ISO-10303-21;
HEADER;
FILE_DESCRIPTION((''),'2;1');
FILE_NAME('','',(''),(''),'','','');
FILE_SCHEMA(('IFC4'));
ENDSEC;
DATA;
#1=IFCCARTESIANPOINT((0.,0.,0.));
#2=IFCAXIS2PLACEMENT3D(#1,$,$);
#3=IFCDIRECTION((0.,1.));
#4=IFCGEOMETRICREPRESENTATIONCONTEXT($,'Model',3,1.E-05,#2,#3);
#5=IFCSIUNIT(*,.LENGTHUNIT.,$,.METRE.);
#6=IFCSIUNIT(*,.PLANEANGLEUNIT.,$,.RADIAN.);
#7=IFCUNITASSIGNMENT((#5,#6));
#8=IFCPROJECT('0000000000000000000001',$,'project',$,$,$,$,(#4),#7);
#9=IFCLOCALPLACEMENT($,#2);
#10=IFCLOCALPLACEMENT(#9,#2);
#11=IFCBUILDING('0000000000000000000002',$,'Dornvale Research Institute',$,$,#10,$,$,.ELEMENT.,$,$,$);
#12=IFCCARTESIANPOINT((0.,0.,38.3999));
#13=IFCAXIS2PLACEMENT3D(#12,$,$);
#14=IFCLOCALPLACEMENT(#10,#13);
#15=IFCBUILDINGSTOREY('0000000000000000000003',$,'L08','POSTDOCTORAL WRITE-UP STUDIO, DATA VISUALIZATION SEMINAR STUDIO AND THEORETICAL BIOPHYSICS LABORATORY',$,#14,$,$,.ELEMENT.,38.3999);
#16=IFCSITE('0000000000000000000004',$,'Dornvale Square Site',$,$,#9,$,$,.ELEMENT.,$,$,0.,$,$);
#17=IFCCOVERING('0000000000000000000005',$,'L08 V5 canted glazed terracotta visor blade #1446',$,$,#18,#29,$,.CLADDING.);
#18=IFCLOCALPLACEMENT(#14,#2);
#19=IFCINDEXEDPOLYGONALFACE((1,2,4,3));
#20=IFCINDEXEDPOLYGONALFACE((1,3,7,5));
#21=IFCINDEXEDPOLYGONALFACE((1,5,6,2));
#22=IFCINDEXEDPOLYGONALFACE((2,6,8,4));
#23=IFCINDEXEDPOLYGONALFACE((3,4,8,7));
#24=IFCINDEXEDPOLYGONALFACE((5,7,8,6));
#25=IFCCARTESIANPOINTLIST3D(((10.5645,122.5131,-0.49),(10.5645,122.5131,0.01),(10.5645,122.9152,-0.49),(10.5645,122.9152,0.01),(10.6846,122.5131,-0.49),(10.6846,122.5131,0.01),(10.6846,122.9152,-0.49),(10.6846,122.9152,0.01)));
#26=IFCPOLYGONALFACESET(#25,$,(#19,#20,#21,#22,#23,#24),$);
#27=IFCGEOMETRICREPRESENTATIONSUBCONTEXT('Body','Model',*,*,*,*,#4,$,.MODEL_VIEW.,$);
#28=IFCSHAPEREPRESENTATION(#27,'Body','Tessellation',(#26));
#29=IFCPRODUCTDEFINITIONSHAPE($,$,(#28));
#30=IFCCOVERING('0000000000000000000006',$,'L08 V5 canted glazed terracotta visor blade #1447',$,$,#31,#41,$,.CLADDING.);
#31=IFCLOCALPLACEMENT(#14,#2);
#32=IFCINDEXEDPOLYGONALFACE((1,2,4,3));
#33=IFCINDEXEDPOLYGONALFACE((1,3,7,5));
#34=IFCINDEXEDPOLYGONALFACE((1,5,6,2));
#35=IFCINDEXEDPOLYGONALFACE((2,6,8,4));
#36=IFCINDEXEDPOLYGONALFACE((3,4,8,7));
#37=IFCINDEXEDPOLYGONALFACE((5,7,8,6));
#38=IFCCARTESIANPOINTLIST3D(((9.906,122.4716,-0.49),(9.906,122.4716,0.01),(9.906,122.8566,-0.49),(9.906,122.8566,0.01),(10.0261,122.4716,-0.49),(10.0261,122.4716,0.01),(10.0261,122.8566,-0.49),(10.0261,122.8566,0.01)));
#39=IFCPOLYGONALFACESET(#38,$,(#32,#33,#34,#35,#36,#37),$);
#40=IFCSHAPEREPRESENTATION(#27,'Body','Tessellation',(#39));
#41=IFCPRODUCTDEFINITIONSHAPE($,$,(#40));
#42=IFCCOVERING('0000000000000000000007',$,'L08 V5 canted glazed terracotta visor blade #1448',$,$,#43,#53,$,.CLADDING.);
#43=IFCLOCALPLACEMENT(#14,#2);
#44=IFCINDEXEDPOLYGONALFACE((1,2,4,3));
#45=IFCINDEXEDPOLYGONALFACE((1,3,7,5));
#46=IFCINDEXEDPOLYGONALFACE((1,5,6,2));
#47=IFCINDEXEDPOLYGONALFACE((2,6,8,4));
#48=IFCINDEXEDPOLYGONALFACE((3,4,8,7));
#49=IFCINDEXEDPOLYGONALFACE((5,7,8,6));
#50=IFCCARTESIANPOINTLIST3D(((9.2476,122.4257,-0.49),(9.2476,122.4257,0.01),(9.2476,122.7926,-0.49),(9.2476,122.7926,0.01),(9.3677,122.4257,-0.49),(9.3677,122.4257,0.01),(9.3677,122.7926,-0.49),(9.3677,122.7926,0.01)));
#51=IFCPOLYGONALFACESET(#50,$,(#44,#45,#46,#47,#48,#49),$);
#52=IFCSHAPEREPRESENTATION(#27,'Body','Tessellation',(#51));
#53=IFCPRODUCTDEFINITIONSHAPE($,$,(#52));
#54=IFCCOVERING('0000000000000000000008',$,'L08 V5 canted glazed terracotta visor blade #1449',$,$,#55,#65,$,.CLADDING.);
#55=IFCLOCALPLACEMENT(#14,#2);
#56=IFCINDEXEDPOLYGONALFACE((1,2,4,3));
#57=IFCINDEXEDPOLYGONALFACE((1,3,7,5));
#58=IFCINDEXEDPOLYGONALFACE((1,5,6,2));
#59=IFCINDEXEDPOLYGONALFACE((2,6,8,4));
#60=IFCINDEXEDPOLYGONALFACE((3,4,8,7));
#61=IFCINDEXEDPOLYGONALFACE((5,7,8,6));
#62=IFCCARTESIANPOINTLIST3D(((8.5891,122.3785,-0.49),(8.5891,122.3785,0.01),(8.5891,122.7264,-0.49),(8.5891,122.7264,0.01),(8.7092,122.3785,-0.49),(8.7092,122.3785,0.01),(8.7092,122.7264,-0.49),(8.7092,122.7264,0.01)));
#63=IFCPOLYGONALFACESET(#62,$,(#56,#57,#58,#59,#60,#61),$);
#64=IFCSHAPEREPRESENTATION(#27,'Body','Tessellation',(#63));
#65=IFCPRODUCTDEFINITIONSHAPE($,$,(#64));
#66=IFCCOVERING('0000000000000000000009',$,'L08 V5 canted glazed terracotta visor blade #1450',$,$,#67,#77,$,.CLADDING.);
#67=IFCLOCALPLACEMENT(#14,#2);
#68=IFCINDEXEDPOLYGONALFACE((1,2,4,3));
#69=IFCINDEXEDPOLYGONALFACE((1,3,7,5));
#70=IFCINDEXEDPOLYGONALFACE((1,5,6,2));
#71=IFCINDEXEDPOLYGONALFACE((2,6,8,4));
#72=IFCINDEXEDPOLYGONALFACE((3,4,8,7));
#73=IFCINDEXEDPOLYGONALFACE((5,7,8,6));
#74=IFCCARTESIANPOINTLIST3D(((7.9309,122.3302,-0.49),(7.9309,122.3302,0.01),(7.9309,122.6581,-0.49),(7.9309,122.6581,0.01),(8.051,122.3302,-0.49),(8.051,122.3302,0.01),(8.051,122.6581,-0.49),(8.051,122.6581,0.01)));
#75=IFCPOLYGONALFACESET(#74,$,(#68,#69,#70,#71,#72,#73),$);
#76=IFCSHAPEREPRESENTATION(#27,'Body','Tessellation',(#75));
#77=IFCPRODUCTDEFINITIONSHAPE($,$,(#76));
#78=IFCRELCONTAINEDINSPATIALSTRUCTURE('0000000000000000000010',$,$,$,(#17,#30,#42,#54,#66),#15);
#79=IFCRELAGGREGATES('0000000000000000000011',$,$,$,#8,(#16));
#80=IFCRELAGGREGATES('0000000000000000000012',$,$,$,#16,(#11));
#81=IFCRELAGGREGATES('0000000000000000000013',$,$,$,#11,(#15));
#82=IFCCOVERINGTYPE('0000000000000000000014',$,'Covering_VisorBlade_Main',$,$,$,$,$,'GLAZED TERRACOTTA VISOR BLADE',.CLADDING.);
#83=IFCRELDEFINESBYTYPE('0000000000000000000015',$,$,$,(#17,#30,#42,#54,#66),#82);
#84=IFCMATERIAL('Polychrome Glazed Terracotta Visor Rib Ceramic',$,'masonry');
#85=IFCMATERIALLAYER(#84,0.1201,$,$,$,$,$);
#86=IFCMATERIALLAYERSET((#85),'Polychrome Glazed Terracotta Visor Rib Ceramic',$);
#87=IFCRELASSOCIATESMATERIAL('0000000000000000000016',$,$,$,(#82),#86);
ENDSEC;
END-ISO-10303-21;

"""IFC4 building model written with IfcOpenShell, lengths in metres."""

from ifc_helpers import new_model, si_unit, direction, frame, origin, origin_2d, place, context, subcontext, project, spatial, rectangle, extrude, material, layer, layer_set, type_object, element, save


model = new_model("IFC4")

# Units and contexts
model_context = context("Model", 3, precision=1e-05, world=origin(), true_north=direction((0.0, 1.0)))
body_context = subcontext(model_context, "Body", "Model", "MODEL_VIEW")
ifc_project = project(units=[si_unit("LENGTHUNIT", "METRE"), si_unit("PLANEANGLEUNIT", "RADIAN")], contexts=[model_context])

# Site, building, storey
site_placement = place(None, origin())
site = spatial("IfcSite", under=ifc_project, at=site_placement, Name="Dornvale Square Site", CompositionType="ELEMENT", RefElevation=0.0)
building_placement = place(site_placement, origin())
building = spatial("IfcBuilding", under=site, at=building_placement, Name="Dornvale Research Institute", CompositionType="ELEMENT")
storey_placement = place(building_placement, frame((0.0, 0.0, 38.3999)))
storey = spatial("IfcBuildingStorey", under=building, at=storey_placement, Name="L08", Description="POSTDOCTORAL WRITE-UP STUDIO, DATA VISUALIZATION SEMINAR STUDIO AND THEORETICAL BIOPHYSICS LABORATORY", CompositionType="ELEMENT", Elevation=38.3999)

# Coverings
ifc_material_1 = material(Name="Polychrome Glazed Terracotta Visor Rib Ceramic", Category="masonry")
ifc_layer = layer(ifc_material_1, 0.1201)
ifc_layer_set = layer_set([ifc_layer], Name="Polychrome Glazed Terracotta Visor Rib Ceramic")
covering_type = type_object("IfcCoveringType", Name="Covering_VisorBlade_Main", ElementType="GLAZED TERRACOTTA VISOR BLADE", PredefinedType="CLADDING", material=ifc_layer_set)
covering_1_placement = place(storey_placement, frame((10.6245, 122.7141, -0.49), z_axis=(0.0, 0.0, 1.0), x_axis=(0.0, 1.0, 0.0)))
element("IfcCovering", 1, at=covering_1_placement, inside=storey, type_object=covering_type, Name="L08 V5 canted glazed terracotta visor blade #1446", PredefinedType="CLADDING", context=body_context, shape_type="SweptSolid", body=[
    extrude(rectangle(XDim=0.4021, YDim=0.1201, at=origin_2d()), origin(), (0.0, 0.0, 1.0), 0.5),
])
covering_2_placement = place(storey_placement, frame((9.9661, 122.6641, -0.49), z_axis=(0.0, 0.0, 1.0), x_axis=(0.0, 1.0, 0.0)))
element("IfcCovering", 2, at=covering_2_placement, inside=storey, type_object=covering_type, Name="L08 V5 canted glazed terracotta visor blade #1447", PredefinedType="CLADDING", context=body_context, shape_type="SweptSolid", body=[
    extrude(rectangle(XDim=0.385, YDim=0.1201, at=origin_2d()), origin(), (0.0, 0.0, 1.0), 0.5),
])
covering_3_placement = place(storey_placement, frame((9.3076, 122.6091, -0.49), z_axis=(0.0, 0.0, 1.0), x_axis=(0.0, 1.0, 0.0)))
element("IfcCovering", 3, at=covering_3_placement, inside=storey, type_object=covering_type, Name="L08 V5 canted glazed terracotta visor blade #1448", PredefinedType="CLADDING", context=body_context, shape_type="SweptSolid", body=[
    extrude(rectangle(XDim=0.3669, YDim=0.1201, at=origin_2d()), origin(), (0.0, 0.0, 1.0), 0.5),
])
covering_4_placement = place(storey_placement, frame((8.6492, 122.5525, -0.49), z_axis=(0.0, 0.0, 1.0), x_axis=(0.0, 1.0, 0.0)))
element("IfcCovering", 4, at=covering_4_placement, inside=storey, type_object=covering_type, Name="L08 V5 canted glazed terracotta visor blade #1449", PredefinedType="CLADDING", context=body_context, shape_type="SweptSolid", body=[
    extrude(rectangle(XDim=0.3479, YDim=0.1201, at=origin_2d()), origin(), (0.0, 0.0, 1.0), 0.5),
])
covering_5_placement = place(storey_placement, frame((7.991, 122.4941, -0.49), z_axis=(0.0, 0.0, 1.0), x_axis=(0.0, 1.0, 0.0)))
element("IfcCovering", 5, at=covering_5_placement, inside=storey, type_object=covering_type, Name="L08 V5 canted glazed terracotta visor blade #1450", PredefinedType="CLADDING", context=body_context, shape_type="SweptSolid", body=[
    extrude(rectangle(XDim=0.3279, YDim=0.1201, at=origin_2d()), origin(), (0.0, 0.0, 1.0), 0.5),
])

save(model, "model.ifc")
